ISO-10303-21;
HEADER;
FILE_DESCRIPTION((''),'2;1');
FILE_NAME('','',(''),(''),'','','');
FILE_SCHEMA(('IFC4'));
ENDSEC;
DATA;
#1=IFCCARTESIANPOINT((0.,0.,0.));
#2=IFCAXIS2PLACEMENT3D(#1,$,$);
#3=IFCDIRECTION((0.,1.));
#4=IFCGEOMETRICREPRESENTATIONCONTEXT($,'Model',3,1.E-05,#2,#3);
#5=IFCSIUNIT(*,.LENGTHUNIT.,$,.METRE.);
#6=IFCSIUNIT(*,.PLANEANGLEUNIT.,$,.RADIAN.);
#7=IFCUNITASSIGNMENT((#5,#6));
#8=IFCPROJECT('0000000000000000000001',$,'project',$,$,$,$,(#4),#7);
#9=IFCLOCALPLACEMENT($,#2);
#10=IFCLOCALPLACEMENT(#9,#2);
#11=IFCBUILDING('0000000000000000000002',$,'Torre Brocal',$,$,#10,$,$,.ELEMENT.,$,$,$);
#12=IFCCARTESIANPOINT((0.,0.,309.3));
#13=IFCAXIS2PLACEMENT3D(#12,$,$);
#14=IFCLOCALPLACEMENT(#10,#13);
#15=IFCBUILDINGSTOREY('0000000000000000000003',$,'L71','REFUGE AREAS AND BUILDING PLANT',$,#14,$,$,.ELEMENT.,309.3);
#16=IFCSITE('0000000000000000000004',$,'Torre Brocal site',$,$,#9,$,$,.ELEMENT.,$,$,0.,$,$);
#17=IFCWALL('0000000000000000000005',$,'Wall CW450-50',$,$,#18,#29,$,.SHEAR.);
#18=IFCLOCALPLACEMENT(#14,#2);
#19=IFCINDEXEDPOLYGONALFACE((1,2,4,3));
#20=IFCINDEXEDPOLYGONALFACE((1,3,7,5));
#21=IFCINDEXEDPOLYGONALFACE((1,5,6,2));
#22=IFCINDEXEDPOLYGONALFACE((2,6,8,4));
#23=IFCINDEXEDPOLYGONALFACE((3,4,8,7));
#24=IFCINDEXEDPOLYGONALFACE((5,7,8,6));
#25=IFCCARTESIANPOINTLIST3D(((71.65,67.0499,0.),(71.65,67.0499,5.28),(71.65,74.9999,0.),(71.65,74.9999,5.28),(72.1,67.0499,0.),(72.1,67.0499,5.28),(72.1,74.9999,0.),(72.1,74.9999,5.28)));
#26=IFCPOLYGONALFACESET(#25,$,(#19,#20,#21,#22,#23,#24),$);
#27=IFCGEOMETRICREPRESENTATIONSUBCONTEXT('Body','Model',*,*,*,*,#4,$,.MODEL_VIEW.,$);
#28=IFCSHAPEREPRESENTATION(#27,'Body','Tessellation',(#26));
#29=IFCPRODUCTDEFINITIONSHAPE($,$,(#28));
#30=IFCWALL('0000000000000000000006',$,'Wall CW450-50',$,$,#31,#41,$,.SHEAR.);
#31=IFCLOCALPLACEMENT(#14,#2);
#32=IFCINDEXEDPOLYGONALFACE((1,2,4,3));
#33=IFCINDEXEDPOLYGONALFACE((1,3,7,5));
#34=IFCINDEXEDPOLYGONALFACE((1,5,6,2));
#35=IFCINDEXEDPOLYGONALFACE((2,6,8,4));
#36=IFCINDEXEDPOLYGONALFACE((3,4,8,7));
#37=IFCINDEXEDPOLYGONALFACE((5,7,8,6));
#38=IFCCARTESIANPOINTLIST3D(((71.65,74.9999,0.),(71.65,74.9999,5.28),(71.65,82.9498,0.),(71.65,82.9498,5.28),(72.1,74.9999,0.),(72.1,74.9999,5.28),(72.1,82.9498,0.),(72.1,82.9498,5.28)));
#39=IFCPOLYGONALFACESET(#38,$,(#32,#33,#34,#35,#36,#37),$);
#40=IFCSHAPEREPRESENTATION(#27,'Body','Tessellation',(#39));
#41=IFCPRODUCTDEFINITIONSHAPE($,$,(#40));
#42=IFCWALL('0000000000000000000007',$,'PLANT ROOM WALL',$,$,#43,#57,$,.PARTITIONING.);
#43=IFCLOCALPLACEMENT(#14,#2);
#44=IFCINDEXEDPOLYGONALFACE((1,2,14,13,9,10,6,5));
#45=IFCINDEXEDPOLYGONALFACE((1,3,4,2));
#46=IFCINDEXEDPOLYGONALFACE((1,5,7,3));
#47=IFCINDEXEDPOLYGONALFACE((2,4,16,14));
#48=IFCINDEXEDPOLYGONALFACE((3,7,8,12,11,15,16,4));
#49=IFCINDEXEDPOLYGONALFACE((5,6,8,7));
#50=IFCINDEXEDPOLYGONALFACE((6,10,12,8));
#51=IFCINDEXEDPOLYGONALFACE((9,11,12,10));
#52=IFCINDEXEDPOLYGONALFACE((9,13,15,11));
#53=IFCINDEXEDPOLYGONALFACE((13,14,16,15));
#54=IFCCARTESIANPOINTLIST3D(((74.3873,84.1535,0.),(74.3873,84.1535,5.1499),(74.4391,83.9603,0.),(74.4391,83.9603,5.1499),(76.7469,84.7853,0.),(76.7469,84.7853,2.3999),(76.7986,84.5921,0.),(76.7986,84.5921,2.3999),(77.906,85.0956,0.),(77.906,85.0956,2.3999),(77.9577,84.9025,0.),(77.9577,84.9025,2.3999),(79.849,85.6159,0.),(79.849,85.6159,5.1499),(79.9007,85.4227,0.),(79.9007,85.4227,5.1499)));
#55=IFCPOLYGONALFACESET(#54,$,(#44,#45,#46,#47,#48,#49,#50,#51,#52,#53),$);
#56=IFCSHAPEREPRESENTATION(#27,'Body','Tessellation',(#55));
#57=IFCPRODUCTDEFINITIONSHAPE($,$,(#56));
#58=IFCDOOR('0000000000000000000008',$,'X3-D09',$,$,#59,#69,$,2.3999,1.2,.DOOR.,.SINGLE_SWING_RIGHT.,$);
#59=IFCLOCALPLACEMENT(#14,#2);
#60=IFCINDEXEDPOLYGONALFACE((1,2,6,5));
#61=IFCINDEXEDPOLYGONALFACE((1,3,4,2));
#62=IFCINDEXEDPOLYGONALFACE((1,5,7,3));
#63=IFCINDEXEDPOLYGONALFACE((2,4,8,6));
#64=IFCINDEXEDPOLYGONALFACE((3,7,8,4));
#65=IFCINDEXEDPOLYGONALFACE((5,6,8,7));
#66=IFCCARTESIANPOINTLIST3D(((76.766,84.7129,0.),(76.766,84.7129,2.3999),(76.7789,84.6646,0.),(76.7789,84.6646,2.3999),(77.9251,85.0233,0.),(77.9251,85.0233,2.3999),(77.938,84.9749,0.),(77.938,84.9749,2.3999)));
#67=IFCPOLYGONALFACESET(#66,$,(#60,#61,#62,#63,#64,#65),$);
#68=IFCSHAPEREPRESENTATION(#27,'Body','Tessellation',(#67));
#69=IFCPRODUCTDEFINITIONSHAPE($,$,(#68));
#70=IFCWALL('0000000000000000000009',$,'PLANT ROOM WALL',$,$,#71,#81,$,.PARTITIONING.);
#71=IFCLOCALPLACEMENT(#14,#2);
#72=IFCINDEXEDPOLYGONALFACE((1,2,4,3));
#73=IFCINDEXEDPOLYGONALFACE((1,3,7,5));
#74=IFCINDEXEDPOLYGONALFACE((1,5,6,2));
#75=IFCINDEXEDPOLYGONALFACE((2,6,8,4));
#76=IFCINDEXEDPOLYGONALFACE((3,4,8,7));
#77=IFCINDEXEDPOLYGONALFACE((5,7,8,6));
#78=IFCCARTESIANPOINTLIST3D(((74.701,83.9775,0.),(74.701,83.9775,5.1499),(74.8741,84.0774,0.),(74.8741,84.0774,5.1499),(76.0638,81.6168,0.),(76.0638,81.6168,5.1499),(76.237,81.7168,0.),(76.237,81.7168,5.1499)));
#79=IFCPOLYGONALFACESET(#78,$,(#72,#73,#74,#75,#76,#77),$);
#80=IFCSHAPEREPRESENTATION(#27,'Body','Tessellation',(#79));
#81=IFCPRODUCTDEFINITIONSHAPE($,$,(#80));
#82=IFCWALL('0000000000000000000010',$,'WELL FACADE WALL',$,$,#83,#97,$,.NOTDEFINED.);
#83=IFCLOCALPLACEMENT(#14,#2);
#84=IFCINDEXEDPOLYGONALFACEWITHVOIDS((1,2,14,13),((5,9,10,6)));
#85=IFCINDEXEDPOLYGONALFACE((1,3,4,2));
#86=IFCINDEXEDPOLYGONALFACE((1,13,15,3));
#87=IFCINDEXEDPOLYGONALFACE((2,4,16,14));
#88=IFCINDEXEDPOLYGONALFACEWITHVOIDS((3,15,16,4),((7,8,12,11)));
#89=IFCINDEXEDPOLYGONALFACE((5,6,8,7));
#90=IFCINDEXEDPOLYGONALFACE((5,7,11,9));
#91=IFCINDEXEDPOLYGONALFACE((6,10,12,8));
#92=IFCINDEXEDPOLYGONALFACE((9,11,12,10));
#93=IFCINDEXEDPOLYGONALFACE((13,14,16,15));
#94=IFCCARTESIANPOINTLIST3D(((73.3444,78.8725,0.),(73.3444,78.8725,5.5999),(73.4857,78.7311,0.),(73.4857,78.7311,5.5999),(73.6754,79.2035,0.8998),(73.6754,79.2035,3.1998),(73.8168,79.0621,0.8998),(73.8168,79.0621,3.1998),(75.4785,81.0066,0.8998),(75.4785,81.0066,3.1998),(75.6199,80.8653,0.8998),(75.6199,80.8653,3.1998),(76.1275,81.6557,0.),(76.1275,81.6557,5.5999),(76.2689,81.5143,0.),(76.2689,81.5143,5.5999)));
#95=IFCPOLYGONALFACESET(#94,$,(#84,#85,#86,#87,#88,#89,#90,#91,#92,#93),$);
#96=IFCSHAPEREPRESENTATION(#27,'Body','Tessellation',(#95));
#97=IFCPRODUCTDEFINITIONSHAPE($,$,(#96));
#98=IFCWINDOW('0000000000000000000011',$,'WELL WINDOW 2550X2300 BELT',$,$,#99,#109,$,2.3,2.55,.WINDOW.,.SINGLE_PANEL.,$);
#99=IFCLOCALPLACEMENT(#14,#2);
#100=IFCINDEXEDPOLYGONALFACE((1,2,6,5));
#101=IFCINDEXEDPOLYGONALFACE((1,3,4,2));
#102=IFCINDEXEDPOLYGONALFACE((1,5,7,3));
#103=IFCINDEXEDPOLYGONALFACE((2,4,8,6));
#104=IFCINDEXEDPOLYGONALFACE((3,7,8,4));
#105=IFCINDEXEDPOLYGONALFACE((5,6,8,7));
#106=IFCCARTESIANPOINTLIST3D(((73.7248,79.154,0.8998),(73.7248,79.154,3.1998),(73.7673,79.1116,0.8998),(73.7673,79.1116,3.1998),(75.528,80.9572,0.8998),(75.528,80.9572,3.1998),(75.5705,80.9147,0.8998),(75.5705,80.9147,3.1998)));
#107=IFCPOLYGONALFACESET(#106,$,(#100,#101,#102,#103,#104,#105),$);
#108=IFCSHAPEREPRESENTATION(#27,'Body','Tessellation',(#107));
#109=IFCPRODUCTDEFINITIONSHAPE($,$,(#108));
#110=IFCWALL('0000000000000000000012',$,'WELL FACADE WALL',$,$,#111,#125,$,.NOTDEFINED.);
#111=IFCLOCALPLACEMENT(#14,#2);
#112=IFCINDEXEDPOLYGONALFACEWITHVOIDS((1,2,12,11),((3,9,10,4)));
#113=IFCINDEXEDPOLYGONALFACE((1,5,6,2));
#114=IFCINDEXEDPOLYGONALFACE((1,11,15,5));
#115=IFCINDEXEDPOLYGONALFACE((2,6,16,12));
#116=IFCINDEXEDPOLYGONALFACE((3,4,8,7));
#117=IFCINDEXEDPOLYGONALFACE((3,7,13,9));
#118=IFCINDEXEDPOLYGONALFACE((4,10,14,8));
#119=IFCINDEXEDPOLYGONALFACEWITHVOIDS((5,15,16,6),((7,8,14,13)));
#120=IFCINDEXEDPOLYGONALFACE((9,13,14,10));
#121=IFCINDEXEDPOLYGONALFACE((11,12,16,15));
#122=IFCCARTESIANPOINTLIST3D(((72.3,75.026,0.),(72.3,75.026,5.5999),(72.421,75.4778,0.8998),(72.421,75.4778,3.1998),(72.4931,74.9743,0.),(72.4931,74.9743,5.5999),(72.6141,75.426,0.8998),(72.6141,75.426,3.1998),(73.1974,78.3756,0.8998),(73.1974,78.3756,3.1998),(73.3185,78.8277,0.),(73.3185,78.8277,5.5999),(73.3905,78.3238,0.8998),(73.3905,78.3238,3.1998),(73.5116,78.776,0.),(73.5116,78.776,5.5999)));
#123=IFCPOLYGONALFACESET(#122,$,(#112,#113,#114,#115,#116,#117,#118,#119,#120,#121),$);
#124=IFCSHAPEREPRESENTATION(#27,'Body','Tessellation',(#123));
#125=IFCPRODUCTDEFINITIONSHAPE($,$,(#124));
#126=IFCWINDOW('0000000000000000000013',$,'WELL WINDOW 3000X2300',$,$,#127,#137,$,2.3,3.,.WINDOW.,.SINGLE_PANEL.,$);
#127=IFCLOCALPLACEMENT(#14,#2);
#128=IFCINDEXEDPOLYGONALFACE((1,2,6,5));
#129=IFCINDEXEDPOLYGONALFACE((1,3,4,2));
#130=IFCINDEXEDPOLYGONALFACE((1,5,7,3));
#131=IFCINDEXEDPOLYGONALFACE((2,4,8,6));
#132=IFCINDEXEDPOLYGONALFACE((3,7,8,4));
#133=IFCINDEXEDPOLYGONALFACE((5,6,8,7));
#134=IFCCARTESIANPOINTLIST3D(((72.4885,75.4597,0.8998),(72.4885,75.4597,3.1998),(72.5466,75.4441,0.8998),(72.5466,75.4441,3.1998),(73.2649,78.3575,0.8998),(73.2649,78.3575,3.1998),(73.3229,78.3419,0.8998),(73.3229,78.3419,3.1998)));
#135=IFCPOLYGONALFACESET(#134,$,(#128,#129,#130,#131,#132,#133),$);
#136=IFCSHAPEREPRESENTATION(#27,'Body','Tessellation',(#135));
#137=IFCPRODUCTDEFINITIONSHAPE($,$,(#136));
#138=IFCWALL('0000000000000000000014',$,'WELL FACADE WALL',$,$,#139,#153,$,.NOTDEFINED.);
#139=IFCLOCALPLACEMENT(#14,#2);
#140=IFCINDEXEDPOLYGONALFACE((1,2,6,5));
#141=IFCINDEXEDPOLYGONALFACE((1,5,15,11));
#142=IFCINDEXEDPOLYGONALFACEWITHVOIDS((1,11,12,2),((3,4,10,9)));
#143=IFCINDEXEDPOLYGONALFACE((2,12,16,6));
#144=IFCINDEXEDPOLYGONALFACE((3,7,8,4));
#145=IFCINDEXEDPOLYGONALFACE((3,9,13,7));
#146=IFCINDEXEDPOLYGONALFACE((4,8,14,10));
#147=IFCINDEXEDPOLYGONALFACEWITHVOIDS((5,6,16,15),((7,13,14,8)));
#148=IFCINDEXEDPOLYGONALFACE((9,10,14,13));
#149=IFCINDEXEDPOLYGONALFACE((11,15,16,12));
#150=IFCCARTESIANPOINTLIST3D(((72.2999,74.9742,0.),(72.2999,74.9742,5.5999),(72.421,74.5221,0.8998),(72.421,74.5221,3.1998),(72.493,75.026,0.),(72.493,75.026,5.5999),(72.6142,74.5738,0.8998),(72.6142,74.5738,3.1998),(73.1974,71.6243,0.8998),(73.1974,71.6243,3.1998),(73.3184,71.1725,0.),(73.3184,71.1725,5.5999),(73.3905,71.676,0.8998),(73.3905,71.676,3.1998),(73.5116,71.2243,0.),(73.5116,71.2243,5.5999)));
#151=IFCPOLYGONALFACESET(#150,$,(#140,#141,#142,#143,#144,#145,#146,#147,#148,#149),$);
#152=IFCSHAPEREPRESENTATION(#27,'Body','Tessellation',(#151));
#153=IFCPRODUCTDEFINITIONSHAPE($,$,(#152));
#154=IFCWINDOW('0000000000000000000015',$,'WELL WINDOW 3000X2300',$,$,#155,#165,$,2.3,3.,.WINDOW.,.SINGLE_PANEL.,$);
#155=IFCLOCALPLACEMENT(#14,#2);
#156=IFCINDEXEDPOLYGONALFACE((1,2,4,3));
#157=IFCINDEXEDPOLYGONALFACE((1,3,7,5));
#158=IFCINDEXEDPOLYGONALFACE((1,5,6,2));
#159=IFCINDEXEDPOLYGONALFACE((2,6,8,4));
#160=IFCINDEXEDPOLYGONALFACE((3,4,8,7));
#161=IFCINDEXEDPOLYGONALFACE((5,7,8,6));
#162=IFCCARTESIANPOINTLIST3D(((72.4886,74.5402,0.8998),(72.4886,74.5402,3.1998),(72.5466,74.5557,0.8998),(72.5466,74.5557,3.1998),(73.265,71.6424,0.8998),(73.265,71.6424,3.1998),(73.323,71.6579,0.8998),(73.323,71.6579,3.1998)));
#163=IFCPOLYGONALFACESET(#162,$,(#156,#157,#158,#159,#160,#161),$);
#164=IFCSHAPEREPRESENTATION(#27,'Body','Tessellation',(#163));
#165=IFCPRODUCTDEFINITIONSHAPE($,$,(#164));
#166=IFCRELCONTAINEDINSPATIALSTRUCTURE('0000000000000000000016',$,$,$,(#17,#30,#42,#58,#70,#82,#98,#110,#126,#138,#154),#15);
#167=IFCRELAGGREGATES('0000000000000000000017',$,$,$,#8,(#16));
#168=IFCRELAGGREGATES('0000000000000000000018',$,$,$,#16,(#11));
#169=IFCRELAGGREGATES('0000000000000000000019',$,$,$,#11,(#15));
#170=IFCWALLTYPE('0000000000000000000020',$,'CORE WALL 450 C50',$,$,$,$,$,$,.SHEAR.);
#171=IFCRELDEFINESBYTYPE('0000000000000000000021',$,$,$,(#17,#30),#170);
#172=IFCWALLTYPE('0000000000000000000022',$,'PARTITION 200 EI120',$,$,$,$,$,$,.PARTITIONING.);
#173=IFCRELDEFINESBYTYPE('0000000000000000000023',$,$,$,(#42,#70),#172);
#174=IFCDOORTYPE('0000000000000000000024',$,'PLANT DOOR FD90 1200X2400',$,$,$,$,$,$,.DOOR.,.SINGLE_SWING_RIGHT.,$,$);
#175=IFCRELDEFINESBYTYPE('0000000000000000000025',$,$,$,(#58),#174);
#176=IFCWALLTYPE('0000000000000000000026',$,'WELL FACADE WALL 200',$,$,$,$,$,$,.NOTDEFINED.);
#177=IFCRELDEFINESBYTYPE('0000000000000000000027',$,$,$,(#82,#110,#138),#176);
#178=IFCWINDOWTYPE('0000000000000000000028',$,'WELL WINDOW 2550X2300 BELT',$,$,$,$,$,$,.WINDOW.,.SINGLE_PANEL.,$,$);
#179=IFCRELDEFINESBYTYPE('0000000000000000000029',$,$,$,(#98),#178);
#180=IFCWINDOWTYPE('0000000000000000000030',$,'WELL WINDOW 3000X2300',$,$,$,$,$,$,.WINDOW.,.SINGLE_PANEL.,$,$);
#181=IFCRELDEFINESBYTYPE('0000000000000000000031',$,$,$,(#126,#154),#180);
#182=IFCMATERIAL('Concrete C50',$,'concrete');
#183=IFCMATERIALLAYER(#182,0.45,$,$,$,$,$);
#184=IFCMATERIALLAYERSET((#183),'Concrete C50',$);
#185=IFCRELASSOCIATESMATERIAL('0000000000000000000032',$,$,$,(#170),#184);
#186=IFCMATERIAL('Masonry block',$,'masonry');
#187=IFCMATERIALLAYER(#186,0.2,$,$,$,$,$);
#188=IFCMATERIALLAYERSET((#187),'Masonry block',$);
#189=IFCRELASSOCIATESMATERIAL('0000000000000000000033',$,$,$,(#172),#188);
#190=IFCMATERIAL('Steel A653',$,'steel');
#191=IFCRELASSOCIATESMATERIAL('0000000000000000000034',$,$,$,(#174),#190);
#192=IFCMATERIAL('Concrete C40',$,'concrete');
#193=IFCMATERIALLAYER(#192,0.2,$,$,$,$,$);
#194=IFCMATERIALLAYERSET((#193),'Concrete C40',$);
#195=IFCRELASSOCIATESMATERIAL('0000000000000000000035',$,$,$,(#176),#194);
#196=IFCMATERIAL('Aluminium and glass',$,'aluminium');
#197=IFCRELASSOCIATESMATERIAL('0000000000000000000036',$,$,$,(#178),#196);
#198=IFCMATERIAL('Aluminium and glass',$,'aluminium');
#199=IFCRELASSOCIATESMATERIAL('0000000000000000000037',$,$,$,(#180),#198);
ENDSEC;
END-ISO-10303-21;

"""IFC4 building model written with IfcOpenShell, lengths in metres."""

from ifc_helpers import new_model, si_unit, direction, frame, frame_2d, origin, place, context, subcontext, project, spatial, rectangle, extrude, material, layer, layer_set, type_object, element, fill, save


model = new_model("IFC4")

# Units and contexts
model_context = context("Model", 3, precision=1e-05, world=origin(), true_north=direction((0.0, 1.0)))
body_context = subcontext(model_context, "Body", "Model", "MODEL_VIEW")
ifc_project = project(units=[si_unit("LENGTHUNIT", "METRE"), si_unit("PLANEANGLEUNIT", "RADIAN")], contexts=[model_context])

# Site, building, storey
site_placement = place(None, origin())
site = spatial("IfcSite", under=ifc_project, at=site_placement, Name="Torre Brocal site", CompositionType="ELEMENT", RefElevation=0.0)
building_placement = place(site_placement, origin())
building = spatial("IfcBuilding", under=site, at=building_placement, Name="Torre Brocal", CompositionType="ELEMENT")
storey_placement = place(building_placement, frame((0.0, 0.0, 309.3)))
storey = spatial("IfcBuildingStorey", under=building, at=storey_placement, Name="L71", Description="REFUGE AREAS AND BUILDING PLANT", CompositionType="ELEMENT", Elevation=309.3)

# Shared definitions
ifc_material_1 = material(Name="Concrete C50", Category="concrete")
ifc_layer_1 = layer(ifc_material_1, 0.45)
ifc_layer_set_1 = layer_set([ifc_layer_1], Name="Concrete C50")
wall_type_1 = type_object("IfcWallType", Name="CORE WALL 450 C50", PredefinedType="SHEAR", material=ifc_layer_set_1)

# Walls
for number, where, z_axis, x_axis, name in (
    (1, (71.875, 75.0, 0.0), (0.0, 0.0, 1.0), (0.0, -1.0, 0.0), "Wall CW450-50"),
    (2, (71.875, 82.95, 0.0), (0.0, 0.0, 1.0), (0.0, -1.0, 0.0), "Wall CW450-50"),
):
    element("IfcWall", number, at=place(storey_placement, frame(where, z_axis=z_axis, x_axis=x_axis)), inside=storey, type_object=wall_type_1, Name=name, PredefinedType="SHEAR", context=body_context, shape_type="SweptSolid", body=[
        extrude(rectangle(XDim=7.95, YDim=0.45, at=frame_2d((3.9751, 0.0))), origin(), (0.0, 0.0, 1.0), 5.28),
    ])

# Wall, opening, door
ifc_material_2 = material(Name="Masonry block", Category="masonry")
ifc_layer_2 = layer(ifc_material_2, 0.2)
ifc_layer_set_2 = layer_set([ifc_layer_2], Name="Masonry block")
wall_type_2 = type_object("IfcWallType", Name="PARTITION 200 EI120", PredefinedType="PARTITIONING", material=ifc_layer_set_2)
ifc_material_3 = material(Name="Steel A653", Category="steel")
door_type_1 = type_object("IfcDoorType", Name="PLANT DOOR FD90 1200X2400", OperationType="SINGLE_SWING_RIGHT", PredefinedType="DOOR", material=ifc_material_3)
wall_1_placement = place(storey_placement, frame((74.4131, 84.0569, 0.0), z_axis=(0.0, 0.0, 1.0), x_axis=(0.965972, 0.258646, 0.0)))
wall_1 = element("IfcWall", 3, at=wall_1_placement, inside=storey, type_object=wall_type_2, Name="PLANT ROOM WALL", PredefinedType="PARTITIONING", context=body_context, shape_type="SweptSolid", body=[
    extrude(rectangle(XDim=5.6541, YDim=0.2, at=frame_2d((2.8271, 0.0))), origin(), (0.0, 0.0, 1.0), 5.1499),
])
opening_1_placement = place(wall_1_placement, frame((2.4426, 0.0, 0.0)))
opening_1 = element("IfcOpeningElement", 4, at=opening_1_placement, cuts=wall_1, PredefinedType="OPENING", context=body_context, shape_type="SweptSolid", body=[
    extrude(rectangle(XDim=1.2, YDim=2.3999, at=frame_2d((0.6001, 1.2))), frame((0.0, 0.1099, 0.0), z_axis=(0.0, -1.0, 0.0), x_axis=(1.0, 0.0, 0.0)), (0.0, 0.0, 1.0), 0.22),
])
door_1_placement = place(opening_1_placement, frame((1.2, 0.0, 0.0), z_axis=(0.0, 0.0, 1.0), x_axis=(-1.0, 0.0, 0.0)))
door_1 = element("IfcDoor", 5, at=door_1_placement, inside=storey, type_object=door_type_1, Name="X3-D09", OperationType="SINGLE_SWING_RIGHT", OverallHeight=2.3999, OverallWidth=1.2, PredefinedType="DOOR", context=body_context, shape_type="SweptSolid", body=[
    extrude(rectangle(XDim=1.2, YDim=2.3999, at=frame_2d((0.6001, 1.2))), frame((0.0, 0.0249, 0.0), z_axis=(0.0, -1.0, 0.0), x_axis=(1.0, 0.0, 0.0)), (0.0, 0.0, 1.0), 0.05),
])
fill(opening_1, door_1)

# Wall
wall_2_placement = place(storey_placement, frame((74.7876, 84.0273, 0.0), z_axis=(0.0, 0.0, 1.0), x_axis=(0.499973, -0.866041, 0.0)))
element("IfcWall", 6, at=wall_2_placement, inside=storey, type_object=wall_type_2, Name="PLANT ROOM WALL", PredefinedType="PARTITIONING", context=body_context, shape_type="SweptSolid", body=[
    extrude(rectangle(XDim=2.7258, YDim=0.2, at=frame_2d((1.3628, 0.0))), origin(), (0.0, 0.0, 1.0), 5.1499),
])

# Walls, openings, windows
ifc_material_4 = material(Name="Concrete C40", Category="concrete")
ifc_layer_3 = layer(ifc_material_4, 0.2)
ifc_layer_set_3 = layer_set([ifc_layer_3], Name="Concrete C40")
wall_type_3 = type_object("IfcWallType", Name="WELL FACADE WALL 200", PredefinedType="NOTDEFINED", material=ifc_layer_set_3)
wall_3_placement = place(storey_placement, frame((76.1982, 81.585, 0.0), z_axis=(0.0, 0.0, 1.0), x_axis=(-0.707107, -0.707107, 0.0)))
wall_3 = element("IfcWall", 7, at=wall_3_placement, inside=storey, type_object=wall_type_3, Name="WELL FACADE WALL", PredefinedType="NOTDEFINED", context=body_context, shape_type="SweptSolid", body=[
    extrude(rectangle(XDim=3.936, YDim=0.2, at=frame_2d((1.968, 0.0))), origin(), (0.0, 0.0, 1.0), 5.5999),
])
opening_2_placement = place(wall_3_placement, frame((0.918, 0.0, 0.8999)))
opening_2 = element("IfcOpeningElement", 8, at=opening_2_placement, cuts=wall_3, PredefinedType="OPENING", context=body_context, shape_type="SweptSolid", body=[
    extrude(rectangle(XDim=2.55, YDim=2.3, at=frame_2d((1.2749, 1.1499))), frame((0.0, 0.1099, 0.0), z_axis=(0.0, -1.0, 0.0), x_axis=(1.0, 0.0, 0.0)), (0.0, 0.0, 1.0), 0.22),
])
ifc_material_5 = material(Name="Aluminium and glass", Category="aluminium")
window_type_1 = type_object("IfcWindowType", Name="WELL WINDOW 2550X2300 BELT", PartitioningType="SINGLE_PANEL", PredefinedType="WINDOW", material=ifc_material_5)
window_1_placement = place(opening_2_placement, origin())
window_1 = element("IfcWindow", 9, at=window_1_placement, inside=storey, type_object=window_type_1, Name="WELL WINDOW 2550X2300 BELT", OverallHeight=2.3, OverallWidth=2.55, PartitioningType="SINGLE_PANEL", PredefinedType="WINDOW", context=body_context, shape_type="SweptSolid", body=[
    extrude(rectangle(XDim=2.55, YDim=2.3, at=frame_2d((1.2749, 1.1499))), frame((0.0, 0.03, 0.0), z_axis=(0.0, -1.0, 0.0), x_axis=(1.0, 0.0, 0.0)), (0.0, 0.0, 1.0), 0.0601),
])
fill(opening_2, window_1)
wall_4_placement = place(storey_placement, frame((73.415, 78.8018, 0.0), z_axis=(0.0, 0.0, 1.0), x_axis=(-0.25879, -0.965934, 0.0)))
wall_4 = element("IfcWall", 10, at=wall_4_placement, inside=storey, type_object=wall_type_3, Name="WELL FACADE WALL", PredefinedType="NOTDEFINED", context=body_context, shape_type="SweptSolid", body=[
    extrude(rectangle(XDim=3.9358, YDim=0.2, at=frame_2d((1.9678, 0.0))), origin(), (0.0, 0.0, 1.0), 5.5999),
])
opening_3_placement = place(wall_4_placement, frame((0.468, 0.0, 0.8999)))
opening_3 = element("IfcOpeningElement", 11, at=opening_3_placement, cuts=wall_4, PredefinedType="OPENING", context=body_context, shape_type="SweptSolid", body=[
    extrude(rectangle(XDim=3.0, YDim=2.3, at=frame_2d((1.5, 1.1499))), frame((0.0, 0.1099, 0.0), z_axis=(0.0, -1.0, 0.0), x_axis=(1.0, 0.0, 0.0)), (0.0, 0.0, 1.0), 0.22),
])
ifc_material_6 = material(Name="Aluminium and glass", Category="aluminium")
window_type_2 = type_object("IfcWindowType", Name="WELL WINDOW 3000X2300", PartitioningType="SINGLE_PANEL", PredefinedType="WINDOW", material=ifc_material_6)
window_2_placement = place(opening_3_placement, origin())
window_2 = element("IfcWindow", 12, at=window_2_placement, inside=storey, type_object=window_type_2, Name="WELL WINDOW 3000X2300", OverallHeight=2.3, OverallWidth=3.0, PartitioningType="SINGLE_PANEL", PredefinedType="WINDOW", context=body_context, shape_type="SweptSolid", body=[
    extrude(rectangle(XDim=3.0, YDim=2.3, at=frame_2d((1.5, 1.1499))), frame((0.0, 0.03, 0.0), z_axis=(0.0, -1.0, 0.0), x_axis=(1.0, 0.0, 0.0)), (0.0, 0.0, 1.0), 0.0601),
])
fill(opening_3, window_2)
wall_5_placement = place(storey_placement, frame((72.3965, 75.0, 0.0), z_axis=(0.0, 0.0, 1.0), x_axis=(0.25879, -0.965934, 0.0)))
wall_5 = element("IfcWall", 13, at=wall_5_placement, inside=storey, type_object=wall_type_3, Name="WELL FACADE WALL", PredefinedType="NOTDEFINED", context=body_context, shape_type="SweptSolid", body=[
    extrude(rectangle(XDim=3.9358, YDim=0.2, at=frame_2d((1.9678, 0.0))), origin(), (0.0, 0.0, 1.0), 5.5999),
])
opening_4_placement = place(wall_5_placement, frame((0.468, 0.0, 0.8999)))
opening_4 = element("IfcOpeningElement", 14, at=opening_4_placement, cuts=wall_5, PredefinedType="OPENING", context=body_context, shape_type="SweptSolid", body=[
    extrude(rectangle(XDim=3.0, YDim=2.3, at=frame_2d((1.5, 1.1499))), frame((0.0, 0.1099, 0.0), z_axis=(0.0, -1.0, 0.0), x_axis=(1.0, 0.0, 0.0)), (0.0, 0.0, 1.0), 0.22),
])
window_3_placement = place(opening_4_placement, origin())
window_3 = element("IfcWindow", 15, at=window_3_placement, inside=storey, type_object=window_type_2, Name="WELL WINDOW 3000X2300", OverallHeight=2.3, OverallWidth=3.0, PartitioningType="SINGLE_PANEL", PredefinedType="WINDOW", context=body_context, shape_type="SweptSolid", body=[
    extrude(rectangle(XDim=3.0, YDim=2.3, at=frame_2d((1.5, 1.1499))), frame((0.0, 0.03, 0.0), z_axis=(0.0, -1.0, 0.0), x_axis=(1.0, 0.0, 0.0)), (0.0, 0.0, 1.0), 0.0601),
])
fill(opening_4, window_3)

save(model, "model.ifc")
